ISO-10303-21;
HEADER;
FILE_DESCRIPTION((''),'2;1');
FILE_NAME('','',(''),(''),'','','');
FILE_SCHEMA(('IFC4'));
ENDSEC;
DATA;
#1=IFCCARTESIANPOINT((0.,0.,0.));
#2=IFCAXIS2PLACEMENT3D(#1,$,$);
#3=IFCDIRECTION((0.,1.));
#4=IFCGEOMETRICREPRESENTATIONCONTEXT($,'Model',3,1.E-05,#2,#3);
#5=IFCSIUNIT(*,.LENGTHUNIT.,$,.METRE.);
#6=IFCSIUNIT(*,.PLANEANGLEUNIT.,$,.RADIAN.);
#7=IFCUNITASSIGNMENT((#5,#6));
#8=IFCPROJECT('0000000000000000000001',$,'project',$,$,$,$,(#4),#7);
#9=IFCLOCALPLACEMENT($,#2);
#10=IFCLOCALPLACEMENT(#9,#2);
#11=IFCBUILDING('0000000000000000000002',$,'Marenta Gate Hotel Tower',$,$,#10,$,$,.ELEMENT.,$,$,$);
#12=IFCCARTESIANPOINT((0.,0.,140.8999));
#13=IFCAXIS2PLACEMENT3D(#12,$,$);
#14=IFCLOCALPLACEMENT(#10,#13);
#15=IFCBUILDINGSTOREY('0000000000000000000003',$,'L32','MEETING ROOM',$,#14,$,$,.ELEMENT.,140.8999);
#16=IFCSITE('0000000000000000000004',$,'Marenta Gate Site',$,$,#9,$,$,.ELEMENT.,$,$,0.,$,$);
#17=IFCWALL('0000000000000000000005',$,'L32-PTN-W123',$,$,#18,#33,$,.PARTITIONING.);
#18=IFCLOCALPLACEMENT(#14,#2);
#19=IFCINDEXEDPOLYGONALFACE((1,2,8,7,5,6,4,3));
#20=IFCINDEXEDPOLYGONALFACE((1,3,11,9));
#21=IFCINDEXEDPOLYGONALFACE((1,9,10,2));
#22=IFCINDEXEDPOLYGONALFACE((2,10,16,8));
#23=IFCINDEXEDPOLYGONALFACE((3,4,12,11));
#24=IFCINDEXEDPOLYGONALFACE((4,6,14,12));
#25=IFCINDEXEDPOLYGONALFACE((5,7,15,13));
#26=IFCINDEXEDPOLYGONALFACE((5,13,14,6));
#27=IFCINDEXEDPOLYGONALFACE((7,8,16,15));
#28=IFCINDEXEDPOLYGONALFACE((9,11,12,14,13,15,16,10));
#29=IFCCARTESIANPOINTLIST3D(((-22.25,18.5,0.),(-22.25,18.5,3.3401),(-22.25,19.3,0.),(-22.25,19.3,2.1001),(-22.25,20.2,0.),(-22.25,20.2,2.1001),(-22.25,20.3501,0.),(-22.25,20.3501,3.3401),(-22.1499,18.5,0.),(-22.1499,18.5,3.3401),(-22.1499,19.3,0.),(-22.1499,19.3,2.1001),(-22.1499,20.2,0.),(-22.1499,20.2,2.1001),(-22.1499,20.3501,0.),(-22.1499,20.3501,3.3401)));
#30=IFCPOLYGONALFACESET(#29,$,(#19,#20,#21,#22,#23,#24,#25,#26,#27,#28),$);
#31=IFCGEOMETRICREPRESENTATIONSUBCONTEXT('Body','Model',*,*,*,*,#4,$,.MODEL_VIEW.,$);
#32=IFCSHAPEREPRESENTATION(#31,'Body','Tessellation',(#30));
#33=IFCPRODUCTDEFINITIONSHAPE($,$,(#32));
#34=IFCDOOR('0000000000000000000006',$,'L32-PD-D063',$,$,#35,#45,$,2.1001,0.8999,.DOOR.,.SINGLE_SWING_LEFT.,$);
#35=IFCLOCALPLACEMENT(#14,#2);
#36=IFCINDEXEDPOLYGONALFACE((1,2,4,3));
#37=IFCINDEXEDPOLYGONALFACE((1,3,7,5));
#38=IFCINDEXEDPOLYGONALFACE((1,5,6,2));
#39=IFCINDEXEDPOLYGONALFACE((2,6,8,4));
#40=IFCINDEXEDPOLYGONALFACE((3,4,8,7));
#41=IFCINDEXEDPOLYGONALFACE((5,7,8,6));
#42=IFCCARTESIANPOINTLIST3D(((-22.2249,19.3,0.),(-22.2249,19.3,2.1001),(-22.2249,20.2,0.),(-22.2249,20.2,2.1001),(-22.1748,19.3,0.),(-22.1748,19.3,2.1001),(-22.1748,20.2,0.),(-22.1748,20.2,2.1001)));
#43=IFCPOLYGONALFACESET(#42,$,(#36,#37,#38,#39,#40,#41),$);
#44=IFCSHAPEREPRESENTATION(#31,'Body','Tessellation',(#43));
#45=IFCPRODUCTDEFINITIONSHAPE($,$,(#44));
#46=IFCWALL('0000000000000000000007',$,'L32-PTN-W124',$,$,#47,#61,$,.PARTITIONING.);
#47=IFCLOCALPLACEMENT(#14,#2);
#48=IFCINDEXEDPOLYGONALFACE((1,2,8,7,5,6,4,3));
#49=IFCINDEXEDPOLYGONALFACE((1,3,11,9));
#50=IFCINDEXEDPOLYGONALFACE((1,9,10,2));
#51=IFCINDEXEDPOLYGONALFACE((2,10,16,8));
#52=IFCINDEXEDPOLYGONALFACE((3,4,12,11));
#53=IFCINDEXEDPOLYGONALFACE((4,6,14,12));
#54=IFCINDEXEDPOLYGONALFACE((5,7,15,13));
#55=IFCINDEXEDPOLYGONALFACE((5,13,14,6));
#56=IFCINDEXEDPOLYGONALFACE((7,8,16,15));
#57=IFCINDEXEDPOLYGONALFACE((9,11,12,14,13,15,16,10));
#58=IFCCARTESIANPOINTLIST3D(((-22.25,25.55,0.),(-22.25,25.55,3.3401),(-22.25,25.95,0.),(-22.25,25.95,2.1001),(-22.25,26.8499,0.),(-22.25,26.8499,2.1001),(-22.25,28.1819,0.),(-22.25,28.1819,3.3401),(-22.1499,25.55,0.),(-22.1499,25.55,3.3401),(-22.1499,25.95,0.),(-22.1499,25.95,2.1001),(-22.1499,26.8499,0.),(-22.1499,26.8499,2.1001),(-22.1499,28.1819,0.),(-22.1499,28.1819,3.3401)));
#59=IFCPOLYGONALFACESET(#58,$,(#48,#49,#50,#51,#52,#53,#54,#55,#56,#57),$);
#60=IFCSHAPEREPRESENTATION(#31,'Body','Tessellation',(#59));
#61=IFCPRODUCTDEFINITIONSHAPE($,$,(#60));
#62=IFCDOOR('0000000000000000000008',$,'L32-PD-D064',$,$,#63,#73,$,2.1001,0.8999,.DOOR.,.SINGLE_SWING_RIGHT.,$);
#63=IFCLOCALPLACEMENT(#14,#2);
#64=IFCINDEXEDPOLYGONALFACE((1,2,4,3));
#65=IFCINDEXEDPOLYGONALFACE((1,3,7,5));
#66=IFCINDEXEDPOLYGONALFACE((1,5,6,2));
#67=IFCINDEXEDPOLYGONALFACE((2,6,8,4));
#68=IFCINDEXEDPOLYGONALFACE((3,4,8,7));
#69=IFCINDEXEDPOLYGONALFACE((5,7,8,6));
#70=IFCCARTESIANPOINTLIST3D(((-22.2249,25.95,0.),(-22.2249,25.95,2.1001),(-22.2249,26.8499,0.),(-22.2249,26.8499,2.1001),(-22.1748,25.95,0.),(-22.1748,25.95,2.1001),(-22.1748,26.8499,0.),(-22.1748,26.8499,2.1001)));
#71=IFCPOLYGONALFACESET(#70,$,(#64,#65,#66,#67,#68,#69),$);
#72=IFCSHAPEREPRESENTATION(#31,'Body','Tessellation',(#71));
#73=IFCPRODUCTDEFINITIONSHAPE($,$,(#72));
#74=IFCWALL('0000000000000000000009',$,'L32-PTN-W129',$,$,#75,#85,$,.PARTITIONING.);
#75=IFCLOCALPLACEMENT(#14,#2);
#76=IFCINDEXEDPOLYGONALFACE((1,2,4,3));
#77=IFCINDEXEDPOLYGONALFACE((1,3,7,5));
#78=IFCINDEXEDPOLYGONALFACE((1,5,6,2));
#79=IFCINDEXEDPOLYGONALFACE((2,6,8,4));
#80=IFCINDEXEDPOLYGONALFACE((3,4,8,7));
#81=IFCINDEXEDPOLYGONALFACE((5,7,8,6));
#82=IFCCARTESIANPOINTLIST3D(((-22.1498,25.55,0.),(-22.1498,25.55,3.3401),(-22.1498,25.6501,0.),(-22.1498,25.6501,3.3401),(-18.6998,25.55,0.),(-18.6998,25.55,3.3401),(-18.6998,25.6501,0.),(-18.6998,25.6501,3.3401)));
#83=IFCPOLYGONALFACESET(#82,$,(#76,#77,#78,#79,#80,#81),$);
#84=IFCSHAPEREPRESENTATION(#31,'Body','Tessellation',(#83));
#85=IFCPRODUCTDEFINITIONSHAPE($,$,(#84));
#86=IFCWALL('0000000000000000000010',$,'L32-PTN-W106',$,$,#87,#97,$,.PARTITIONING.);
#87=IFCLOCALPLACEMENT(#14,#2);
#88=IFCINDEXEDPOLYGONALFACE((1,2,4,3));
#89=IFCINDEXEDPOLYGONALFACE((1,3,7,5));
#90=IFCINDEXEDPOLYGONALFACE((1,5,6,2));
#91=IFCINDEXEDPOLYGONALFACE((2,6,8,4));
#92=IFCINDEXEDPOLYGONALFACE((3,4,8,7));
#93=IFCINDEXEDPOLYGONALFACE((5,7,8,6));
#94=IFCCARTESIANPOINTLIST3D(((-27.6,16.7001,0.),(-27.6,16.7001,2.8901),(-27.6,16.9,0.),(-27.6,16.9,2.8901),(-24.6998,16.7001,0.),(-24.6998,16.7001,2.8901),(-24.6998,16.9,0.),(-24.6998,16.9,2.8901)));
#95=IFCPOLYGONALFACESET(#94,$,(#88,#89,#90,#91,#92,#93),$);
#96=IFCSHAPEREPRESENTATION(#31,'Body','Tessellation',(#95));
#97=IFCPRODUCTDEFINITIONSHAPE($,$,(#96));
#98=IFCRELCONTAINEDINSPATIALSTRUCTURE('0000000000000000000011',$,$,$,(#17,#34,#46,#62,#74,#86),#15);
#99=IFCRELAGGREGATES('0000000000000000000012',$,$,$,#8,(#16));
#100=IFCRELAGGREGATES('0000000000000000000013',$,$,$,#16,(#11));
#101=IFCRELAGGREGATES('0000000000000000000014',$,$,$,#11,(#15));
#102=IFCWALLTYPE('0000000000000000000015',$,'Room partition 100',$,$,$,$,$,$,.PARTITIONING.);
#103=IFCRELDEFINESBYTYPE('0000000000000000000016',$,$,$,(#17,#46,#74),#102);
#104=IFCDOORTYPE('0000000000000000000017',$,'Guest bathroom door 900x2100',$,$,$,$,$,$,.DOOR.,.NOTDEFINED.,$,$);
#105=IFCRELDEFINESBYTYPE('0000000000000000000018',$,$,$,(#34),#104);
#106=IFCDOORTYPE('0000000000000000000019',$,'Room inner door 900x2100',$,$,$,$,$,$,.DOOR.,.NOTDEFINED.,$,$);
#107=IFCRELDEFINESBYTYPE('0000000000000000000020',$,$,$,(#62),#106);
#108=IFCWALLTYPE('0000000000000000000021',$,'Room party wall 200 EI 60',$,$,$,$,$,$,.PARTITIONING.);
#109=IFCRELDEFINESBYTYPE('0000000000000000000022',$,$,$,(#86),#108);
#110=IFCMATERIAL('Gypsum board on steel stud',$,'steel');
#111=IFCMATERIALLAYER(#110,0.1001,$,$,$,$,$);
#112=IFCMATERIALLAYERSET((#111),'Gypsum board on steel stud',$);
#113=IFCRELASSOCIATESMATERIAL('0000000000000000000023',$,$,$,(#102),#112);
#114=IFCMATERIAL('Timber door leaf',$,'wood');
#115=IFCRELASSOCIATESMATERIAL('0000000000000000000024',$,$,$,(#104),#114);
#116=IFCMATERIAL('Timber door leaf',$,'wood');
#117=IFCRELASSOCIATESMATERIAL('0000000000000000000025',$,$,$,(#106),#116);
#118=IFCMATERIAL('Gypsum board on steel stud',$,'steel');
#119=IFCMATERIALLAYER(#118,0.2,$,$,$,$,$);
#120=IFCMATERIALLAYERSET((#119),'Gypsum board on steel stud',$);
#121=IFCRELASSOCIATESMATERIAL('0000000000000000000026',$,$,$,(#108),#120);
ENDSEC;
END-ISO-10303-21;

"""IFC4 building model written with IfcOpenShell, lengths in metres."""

from ifc_helpers import new_model, si_unit, direction, frame, frame_2d, origin, place, context, subcontext, project, spatial, rectangle, extrude, material, layer, layer_set, type_object, element, fill, save


model = new_model("IFC4")

# Units and contexts
model_context = context("Model", 3, precision=1e-05, world=origin(), true_north=direction((0.0, 1.0)))
body_context = subcontext(model_context, "Body", "Model", "MODEL_VIEW")
ifc_project = project(units=[si_unit("LENGTHUNIT", "METRE"), si_unit("PLANEANGLEUNIT", "RADIAN")], contexts=[model_context])

# Site, building, storey
site_placement = place(None, origin())
site = spatial("IfcSite", under=ifc_project, at=site_placement, Name="Marenta Gate Site", CompositionType="ELEMENT", RefElevation=0.0)
building_placement = place(site_placement, origin())
building = spatial("IfcBuilding", under=site, at=building_placement, Name="Marenta Gate Hotel Tower", CompositionType="ELEMENT")
storey_placement = place(building_placement, frame((0.0, 0.0, 140.8999)))
storey = spatial("IfcBuildingStorey", under=building, at=storey_placement, Name="L32", Description="MEETING ROOM", CompositionType="ELEMENT", Elevation=140.8999)

# Shared definitions
ifc_material_1 = material(Name="Gypsum board on steel stud", Category="steel")
ifc_layer_1 = layer(ifc_material_1, 0.1001)
ifc_layer_set_1 = layer_set([ifc_layer_1], Name="Gypsum board on steel stud")
wall_type_1 = type_object("IfcWallType", Name="Room partition 100", PredefinedType="PARTITIONING", material=ifc_layer_set_1)

# Walls, openings, doors
wall_1_placement = place(storey_placement, frame((-22.2, 18.5, 0.0), z_axis=(0.0, 0.0, 1.0), x_axis=(0.0, 1.0, 0.0)))
wall_1 = element("IfcWall", 1, at=wall_1_placement, inside=storey, type_object=wall_type_1, Name="L32-PTN-W123", PredefinedType="PARTITIONING", context=body_context, shape_type="SweptSolid", body=[
    extrude(rectangle(XDim=1.8501, YDim=0.1001, at=frame_2d((0.925, 0.0))), origin(), (0.0, 0.0, 1.0), 3.3401),
])
opening_1_placement = place(wall_1_placement, frame((0.8, 0.0, 0.0)))
opening_1 = element("IfcOpeningElement", 2, at=opening_1_placement, cuts=wall_1, PredefinedType="OPENING", context=body_context, shape_type="SweptSolid", body=[
    extrude(rectangle(XDim=0.8999, YDim=2.1001, at=frame_2d((0.45, 1.05))), frame((0.0, 0.05, 0.0), z_axis=(0.0, -1.0, 0.0), x_axis=(1.0, 0.0, 0.0)), (0.0, 0.0, 1.0), 0.1001),
])
ifc_material_2 = material(Name="Timber door leaf", Category="wood")
door_type_1 = type_object("IfcDoorType", Name="Guest bathroom door 900x2100", OperationType="NOTDEFINED", PredefinedType="DOOR", material=ifc_material_2)
door_1_placement = place(opening_1_placement, origin())
door_1 = element("IfcDoor", 3, at=door_1_placement, inside=storey, type_object=door_type_1, Name="L32-PD-D063", OperationType="SINGLE_SWING_LEFT", OverallHeight=2.1001, OverallWidth=0.8999, PredefinedType="DOOR", context=body_context, shape_type="SweptSolid", body=[
    extrude(rectangle(XDim=0.8999, YDim=2.1001, at=frame_2d((0.45, 1.05))), frame((0.0, 0.0249, 0.0), z_axis=(0.0, -1.0, 0.0), x_axis=(1.0, 0.0, 0.0)), (0.0, 0.0, 1.0), 0.05),
])
fill(opening_1, door_1)
wall_2_placement = place(storey_placement, frame((-22.2, 25.55, 0.0), z_axis=(0.0, 0.0, 1.0), x_axis=(0.0, 1.0, 0.0)))
wall_2 = element("IfcWall", 4, at=wall_2_placement, inside=storey, type_object=wall_type_1, Name="L32-PTN-W124", PredefinedType="PARTITIONING", context=body_context, shape_type="SweptSolid", body=[
    extrude(rectangle(XDim=2.6318, YDim=0.1001, at=frame_2d((1.3159, 0.0))), origin(), (0.0, 0.0, 1.0), 3.3401),
])
opening_2_placement = place(wall_2_placement, frame((0.3999, 0.0, 0.0)))
opening_2 = element("IfcOpeningElement", 5, at=opening_2_placement, cuts=wall_2, PredefinedType="OPENING", context=body_context, shape_type="SweptSolid", body=[
    extrude(rectangle(XDim=0.8999, YDim=2.1001, at=frame_2d((0.45, 1.05))), frame((0.0, 0.05, 0.0), z_axis=(0.0, -1.0, 0.0), x_axis=(1.0, 0.0, 0.0)), (0.0, 0.0, 1.0), 0.1001),
])
ifc_material_3 = material(Name="Timber door leaf", Category="wood")
door_type_2 = type_object("IfcDoorType", Name="Room inner door 900x2100", OperationType="NOTDEFINED", PredefinedType="DOOR", material=ifc_material_3)
door_2_placement = place(opening_2_placement, origin())
door_2 = element("IfcDoor", 6, at=door_2_placement, inside=storey, type_object=door_type_2, Name="L32-PD-D064", OperationType="SINGLE_SWING_RIGHT", OverallHeight=2.1001, OverallWidth=0.8999, PredefinedType="DOOR", context=body_context, shape_type="SweptSolid", body=[
    extrude(rectangle(XDim=0.8999, YDim=2.1001, at=frame_2d((0.45, 1.05))), frame((0.0, 0.0249, 0.0), z_axis=(0.0, -1.0, 0.0), x_axis=(1.0, 0.0, 0.0)), (0.0, 0.0, 1.0), 0.05),
])
fill(opening_2, door_2)

# Walls
wall_3_placement = place(storey_placement, frame((-22.1499, 25.6001, 0.0), z_axis=(0.0, 0.0, 1.0), x_axis=(1.0, 0.0, 0.0)))
element("IfcWall", 7, at=wall_3_placement, inside=storey, type_object=wall_type_1, Name="L32-PTN-W129", PredefinedType="PARTITIONING", context=body_context, shape_type="SweptSolid", body=[
    extrude(rectangle(XDim=3.45, YDim=0.1001, at=frame_2d((1.7251, 0.0))), origin(), (0.0, 0.0, 1.0), 3.3401),
])
ifc_material_4 = material(Name="Gypsum board on steel stud", Category="steel")
ifc_layer_2 = layer(ifc_material_4, 0.2)
ifc_layer_set_2 = layer_set([ifc_layer_2], Name="Gypsum board on steel stud")
wall_type_2 = type_object("IfcWallType", Name="Room party wall 200 EI 60", PredefinedType="PARTITIONING", material=ifc_layer_set_2)
wall_4_placement = place(storey_placement, frame((-27.6001, 16.8, 0.0), z_axis=(0.0, 0.0, 1.0), x_axis=(1.0, 0.0, 0.0)))
element("IfcWall", 8, at=wall_4_placement, inside=storey, type_object=wall_type_2, Name="L32-PTN-W106", PredefinedType="PARTITIONING", context=body_context, shape_type="SweptSolid", body=[
    extrude(rectangle(XDim=2.9001, YDim=0.2, at=frame_2d((1.4502, 0.0))), origin(), (0.0, 0.0, 1.0), 2.8901),
])

save(model, "model.ifc")
